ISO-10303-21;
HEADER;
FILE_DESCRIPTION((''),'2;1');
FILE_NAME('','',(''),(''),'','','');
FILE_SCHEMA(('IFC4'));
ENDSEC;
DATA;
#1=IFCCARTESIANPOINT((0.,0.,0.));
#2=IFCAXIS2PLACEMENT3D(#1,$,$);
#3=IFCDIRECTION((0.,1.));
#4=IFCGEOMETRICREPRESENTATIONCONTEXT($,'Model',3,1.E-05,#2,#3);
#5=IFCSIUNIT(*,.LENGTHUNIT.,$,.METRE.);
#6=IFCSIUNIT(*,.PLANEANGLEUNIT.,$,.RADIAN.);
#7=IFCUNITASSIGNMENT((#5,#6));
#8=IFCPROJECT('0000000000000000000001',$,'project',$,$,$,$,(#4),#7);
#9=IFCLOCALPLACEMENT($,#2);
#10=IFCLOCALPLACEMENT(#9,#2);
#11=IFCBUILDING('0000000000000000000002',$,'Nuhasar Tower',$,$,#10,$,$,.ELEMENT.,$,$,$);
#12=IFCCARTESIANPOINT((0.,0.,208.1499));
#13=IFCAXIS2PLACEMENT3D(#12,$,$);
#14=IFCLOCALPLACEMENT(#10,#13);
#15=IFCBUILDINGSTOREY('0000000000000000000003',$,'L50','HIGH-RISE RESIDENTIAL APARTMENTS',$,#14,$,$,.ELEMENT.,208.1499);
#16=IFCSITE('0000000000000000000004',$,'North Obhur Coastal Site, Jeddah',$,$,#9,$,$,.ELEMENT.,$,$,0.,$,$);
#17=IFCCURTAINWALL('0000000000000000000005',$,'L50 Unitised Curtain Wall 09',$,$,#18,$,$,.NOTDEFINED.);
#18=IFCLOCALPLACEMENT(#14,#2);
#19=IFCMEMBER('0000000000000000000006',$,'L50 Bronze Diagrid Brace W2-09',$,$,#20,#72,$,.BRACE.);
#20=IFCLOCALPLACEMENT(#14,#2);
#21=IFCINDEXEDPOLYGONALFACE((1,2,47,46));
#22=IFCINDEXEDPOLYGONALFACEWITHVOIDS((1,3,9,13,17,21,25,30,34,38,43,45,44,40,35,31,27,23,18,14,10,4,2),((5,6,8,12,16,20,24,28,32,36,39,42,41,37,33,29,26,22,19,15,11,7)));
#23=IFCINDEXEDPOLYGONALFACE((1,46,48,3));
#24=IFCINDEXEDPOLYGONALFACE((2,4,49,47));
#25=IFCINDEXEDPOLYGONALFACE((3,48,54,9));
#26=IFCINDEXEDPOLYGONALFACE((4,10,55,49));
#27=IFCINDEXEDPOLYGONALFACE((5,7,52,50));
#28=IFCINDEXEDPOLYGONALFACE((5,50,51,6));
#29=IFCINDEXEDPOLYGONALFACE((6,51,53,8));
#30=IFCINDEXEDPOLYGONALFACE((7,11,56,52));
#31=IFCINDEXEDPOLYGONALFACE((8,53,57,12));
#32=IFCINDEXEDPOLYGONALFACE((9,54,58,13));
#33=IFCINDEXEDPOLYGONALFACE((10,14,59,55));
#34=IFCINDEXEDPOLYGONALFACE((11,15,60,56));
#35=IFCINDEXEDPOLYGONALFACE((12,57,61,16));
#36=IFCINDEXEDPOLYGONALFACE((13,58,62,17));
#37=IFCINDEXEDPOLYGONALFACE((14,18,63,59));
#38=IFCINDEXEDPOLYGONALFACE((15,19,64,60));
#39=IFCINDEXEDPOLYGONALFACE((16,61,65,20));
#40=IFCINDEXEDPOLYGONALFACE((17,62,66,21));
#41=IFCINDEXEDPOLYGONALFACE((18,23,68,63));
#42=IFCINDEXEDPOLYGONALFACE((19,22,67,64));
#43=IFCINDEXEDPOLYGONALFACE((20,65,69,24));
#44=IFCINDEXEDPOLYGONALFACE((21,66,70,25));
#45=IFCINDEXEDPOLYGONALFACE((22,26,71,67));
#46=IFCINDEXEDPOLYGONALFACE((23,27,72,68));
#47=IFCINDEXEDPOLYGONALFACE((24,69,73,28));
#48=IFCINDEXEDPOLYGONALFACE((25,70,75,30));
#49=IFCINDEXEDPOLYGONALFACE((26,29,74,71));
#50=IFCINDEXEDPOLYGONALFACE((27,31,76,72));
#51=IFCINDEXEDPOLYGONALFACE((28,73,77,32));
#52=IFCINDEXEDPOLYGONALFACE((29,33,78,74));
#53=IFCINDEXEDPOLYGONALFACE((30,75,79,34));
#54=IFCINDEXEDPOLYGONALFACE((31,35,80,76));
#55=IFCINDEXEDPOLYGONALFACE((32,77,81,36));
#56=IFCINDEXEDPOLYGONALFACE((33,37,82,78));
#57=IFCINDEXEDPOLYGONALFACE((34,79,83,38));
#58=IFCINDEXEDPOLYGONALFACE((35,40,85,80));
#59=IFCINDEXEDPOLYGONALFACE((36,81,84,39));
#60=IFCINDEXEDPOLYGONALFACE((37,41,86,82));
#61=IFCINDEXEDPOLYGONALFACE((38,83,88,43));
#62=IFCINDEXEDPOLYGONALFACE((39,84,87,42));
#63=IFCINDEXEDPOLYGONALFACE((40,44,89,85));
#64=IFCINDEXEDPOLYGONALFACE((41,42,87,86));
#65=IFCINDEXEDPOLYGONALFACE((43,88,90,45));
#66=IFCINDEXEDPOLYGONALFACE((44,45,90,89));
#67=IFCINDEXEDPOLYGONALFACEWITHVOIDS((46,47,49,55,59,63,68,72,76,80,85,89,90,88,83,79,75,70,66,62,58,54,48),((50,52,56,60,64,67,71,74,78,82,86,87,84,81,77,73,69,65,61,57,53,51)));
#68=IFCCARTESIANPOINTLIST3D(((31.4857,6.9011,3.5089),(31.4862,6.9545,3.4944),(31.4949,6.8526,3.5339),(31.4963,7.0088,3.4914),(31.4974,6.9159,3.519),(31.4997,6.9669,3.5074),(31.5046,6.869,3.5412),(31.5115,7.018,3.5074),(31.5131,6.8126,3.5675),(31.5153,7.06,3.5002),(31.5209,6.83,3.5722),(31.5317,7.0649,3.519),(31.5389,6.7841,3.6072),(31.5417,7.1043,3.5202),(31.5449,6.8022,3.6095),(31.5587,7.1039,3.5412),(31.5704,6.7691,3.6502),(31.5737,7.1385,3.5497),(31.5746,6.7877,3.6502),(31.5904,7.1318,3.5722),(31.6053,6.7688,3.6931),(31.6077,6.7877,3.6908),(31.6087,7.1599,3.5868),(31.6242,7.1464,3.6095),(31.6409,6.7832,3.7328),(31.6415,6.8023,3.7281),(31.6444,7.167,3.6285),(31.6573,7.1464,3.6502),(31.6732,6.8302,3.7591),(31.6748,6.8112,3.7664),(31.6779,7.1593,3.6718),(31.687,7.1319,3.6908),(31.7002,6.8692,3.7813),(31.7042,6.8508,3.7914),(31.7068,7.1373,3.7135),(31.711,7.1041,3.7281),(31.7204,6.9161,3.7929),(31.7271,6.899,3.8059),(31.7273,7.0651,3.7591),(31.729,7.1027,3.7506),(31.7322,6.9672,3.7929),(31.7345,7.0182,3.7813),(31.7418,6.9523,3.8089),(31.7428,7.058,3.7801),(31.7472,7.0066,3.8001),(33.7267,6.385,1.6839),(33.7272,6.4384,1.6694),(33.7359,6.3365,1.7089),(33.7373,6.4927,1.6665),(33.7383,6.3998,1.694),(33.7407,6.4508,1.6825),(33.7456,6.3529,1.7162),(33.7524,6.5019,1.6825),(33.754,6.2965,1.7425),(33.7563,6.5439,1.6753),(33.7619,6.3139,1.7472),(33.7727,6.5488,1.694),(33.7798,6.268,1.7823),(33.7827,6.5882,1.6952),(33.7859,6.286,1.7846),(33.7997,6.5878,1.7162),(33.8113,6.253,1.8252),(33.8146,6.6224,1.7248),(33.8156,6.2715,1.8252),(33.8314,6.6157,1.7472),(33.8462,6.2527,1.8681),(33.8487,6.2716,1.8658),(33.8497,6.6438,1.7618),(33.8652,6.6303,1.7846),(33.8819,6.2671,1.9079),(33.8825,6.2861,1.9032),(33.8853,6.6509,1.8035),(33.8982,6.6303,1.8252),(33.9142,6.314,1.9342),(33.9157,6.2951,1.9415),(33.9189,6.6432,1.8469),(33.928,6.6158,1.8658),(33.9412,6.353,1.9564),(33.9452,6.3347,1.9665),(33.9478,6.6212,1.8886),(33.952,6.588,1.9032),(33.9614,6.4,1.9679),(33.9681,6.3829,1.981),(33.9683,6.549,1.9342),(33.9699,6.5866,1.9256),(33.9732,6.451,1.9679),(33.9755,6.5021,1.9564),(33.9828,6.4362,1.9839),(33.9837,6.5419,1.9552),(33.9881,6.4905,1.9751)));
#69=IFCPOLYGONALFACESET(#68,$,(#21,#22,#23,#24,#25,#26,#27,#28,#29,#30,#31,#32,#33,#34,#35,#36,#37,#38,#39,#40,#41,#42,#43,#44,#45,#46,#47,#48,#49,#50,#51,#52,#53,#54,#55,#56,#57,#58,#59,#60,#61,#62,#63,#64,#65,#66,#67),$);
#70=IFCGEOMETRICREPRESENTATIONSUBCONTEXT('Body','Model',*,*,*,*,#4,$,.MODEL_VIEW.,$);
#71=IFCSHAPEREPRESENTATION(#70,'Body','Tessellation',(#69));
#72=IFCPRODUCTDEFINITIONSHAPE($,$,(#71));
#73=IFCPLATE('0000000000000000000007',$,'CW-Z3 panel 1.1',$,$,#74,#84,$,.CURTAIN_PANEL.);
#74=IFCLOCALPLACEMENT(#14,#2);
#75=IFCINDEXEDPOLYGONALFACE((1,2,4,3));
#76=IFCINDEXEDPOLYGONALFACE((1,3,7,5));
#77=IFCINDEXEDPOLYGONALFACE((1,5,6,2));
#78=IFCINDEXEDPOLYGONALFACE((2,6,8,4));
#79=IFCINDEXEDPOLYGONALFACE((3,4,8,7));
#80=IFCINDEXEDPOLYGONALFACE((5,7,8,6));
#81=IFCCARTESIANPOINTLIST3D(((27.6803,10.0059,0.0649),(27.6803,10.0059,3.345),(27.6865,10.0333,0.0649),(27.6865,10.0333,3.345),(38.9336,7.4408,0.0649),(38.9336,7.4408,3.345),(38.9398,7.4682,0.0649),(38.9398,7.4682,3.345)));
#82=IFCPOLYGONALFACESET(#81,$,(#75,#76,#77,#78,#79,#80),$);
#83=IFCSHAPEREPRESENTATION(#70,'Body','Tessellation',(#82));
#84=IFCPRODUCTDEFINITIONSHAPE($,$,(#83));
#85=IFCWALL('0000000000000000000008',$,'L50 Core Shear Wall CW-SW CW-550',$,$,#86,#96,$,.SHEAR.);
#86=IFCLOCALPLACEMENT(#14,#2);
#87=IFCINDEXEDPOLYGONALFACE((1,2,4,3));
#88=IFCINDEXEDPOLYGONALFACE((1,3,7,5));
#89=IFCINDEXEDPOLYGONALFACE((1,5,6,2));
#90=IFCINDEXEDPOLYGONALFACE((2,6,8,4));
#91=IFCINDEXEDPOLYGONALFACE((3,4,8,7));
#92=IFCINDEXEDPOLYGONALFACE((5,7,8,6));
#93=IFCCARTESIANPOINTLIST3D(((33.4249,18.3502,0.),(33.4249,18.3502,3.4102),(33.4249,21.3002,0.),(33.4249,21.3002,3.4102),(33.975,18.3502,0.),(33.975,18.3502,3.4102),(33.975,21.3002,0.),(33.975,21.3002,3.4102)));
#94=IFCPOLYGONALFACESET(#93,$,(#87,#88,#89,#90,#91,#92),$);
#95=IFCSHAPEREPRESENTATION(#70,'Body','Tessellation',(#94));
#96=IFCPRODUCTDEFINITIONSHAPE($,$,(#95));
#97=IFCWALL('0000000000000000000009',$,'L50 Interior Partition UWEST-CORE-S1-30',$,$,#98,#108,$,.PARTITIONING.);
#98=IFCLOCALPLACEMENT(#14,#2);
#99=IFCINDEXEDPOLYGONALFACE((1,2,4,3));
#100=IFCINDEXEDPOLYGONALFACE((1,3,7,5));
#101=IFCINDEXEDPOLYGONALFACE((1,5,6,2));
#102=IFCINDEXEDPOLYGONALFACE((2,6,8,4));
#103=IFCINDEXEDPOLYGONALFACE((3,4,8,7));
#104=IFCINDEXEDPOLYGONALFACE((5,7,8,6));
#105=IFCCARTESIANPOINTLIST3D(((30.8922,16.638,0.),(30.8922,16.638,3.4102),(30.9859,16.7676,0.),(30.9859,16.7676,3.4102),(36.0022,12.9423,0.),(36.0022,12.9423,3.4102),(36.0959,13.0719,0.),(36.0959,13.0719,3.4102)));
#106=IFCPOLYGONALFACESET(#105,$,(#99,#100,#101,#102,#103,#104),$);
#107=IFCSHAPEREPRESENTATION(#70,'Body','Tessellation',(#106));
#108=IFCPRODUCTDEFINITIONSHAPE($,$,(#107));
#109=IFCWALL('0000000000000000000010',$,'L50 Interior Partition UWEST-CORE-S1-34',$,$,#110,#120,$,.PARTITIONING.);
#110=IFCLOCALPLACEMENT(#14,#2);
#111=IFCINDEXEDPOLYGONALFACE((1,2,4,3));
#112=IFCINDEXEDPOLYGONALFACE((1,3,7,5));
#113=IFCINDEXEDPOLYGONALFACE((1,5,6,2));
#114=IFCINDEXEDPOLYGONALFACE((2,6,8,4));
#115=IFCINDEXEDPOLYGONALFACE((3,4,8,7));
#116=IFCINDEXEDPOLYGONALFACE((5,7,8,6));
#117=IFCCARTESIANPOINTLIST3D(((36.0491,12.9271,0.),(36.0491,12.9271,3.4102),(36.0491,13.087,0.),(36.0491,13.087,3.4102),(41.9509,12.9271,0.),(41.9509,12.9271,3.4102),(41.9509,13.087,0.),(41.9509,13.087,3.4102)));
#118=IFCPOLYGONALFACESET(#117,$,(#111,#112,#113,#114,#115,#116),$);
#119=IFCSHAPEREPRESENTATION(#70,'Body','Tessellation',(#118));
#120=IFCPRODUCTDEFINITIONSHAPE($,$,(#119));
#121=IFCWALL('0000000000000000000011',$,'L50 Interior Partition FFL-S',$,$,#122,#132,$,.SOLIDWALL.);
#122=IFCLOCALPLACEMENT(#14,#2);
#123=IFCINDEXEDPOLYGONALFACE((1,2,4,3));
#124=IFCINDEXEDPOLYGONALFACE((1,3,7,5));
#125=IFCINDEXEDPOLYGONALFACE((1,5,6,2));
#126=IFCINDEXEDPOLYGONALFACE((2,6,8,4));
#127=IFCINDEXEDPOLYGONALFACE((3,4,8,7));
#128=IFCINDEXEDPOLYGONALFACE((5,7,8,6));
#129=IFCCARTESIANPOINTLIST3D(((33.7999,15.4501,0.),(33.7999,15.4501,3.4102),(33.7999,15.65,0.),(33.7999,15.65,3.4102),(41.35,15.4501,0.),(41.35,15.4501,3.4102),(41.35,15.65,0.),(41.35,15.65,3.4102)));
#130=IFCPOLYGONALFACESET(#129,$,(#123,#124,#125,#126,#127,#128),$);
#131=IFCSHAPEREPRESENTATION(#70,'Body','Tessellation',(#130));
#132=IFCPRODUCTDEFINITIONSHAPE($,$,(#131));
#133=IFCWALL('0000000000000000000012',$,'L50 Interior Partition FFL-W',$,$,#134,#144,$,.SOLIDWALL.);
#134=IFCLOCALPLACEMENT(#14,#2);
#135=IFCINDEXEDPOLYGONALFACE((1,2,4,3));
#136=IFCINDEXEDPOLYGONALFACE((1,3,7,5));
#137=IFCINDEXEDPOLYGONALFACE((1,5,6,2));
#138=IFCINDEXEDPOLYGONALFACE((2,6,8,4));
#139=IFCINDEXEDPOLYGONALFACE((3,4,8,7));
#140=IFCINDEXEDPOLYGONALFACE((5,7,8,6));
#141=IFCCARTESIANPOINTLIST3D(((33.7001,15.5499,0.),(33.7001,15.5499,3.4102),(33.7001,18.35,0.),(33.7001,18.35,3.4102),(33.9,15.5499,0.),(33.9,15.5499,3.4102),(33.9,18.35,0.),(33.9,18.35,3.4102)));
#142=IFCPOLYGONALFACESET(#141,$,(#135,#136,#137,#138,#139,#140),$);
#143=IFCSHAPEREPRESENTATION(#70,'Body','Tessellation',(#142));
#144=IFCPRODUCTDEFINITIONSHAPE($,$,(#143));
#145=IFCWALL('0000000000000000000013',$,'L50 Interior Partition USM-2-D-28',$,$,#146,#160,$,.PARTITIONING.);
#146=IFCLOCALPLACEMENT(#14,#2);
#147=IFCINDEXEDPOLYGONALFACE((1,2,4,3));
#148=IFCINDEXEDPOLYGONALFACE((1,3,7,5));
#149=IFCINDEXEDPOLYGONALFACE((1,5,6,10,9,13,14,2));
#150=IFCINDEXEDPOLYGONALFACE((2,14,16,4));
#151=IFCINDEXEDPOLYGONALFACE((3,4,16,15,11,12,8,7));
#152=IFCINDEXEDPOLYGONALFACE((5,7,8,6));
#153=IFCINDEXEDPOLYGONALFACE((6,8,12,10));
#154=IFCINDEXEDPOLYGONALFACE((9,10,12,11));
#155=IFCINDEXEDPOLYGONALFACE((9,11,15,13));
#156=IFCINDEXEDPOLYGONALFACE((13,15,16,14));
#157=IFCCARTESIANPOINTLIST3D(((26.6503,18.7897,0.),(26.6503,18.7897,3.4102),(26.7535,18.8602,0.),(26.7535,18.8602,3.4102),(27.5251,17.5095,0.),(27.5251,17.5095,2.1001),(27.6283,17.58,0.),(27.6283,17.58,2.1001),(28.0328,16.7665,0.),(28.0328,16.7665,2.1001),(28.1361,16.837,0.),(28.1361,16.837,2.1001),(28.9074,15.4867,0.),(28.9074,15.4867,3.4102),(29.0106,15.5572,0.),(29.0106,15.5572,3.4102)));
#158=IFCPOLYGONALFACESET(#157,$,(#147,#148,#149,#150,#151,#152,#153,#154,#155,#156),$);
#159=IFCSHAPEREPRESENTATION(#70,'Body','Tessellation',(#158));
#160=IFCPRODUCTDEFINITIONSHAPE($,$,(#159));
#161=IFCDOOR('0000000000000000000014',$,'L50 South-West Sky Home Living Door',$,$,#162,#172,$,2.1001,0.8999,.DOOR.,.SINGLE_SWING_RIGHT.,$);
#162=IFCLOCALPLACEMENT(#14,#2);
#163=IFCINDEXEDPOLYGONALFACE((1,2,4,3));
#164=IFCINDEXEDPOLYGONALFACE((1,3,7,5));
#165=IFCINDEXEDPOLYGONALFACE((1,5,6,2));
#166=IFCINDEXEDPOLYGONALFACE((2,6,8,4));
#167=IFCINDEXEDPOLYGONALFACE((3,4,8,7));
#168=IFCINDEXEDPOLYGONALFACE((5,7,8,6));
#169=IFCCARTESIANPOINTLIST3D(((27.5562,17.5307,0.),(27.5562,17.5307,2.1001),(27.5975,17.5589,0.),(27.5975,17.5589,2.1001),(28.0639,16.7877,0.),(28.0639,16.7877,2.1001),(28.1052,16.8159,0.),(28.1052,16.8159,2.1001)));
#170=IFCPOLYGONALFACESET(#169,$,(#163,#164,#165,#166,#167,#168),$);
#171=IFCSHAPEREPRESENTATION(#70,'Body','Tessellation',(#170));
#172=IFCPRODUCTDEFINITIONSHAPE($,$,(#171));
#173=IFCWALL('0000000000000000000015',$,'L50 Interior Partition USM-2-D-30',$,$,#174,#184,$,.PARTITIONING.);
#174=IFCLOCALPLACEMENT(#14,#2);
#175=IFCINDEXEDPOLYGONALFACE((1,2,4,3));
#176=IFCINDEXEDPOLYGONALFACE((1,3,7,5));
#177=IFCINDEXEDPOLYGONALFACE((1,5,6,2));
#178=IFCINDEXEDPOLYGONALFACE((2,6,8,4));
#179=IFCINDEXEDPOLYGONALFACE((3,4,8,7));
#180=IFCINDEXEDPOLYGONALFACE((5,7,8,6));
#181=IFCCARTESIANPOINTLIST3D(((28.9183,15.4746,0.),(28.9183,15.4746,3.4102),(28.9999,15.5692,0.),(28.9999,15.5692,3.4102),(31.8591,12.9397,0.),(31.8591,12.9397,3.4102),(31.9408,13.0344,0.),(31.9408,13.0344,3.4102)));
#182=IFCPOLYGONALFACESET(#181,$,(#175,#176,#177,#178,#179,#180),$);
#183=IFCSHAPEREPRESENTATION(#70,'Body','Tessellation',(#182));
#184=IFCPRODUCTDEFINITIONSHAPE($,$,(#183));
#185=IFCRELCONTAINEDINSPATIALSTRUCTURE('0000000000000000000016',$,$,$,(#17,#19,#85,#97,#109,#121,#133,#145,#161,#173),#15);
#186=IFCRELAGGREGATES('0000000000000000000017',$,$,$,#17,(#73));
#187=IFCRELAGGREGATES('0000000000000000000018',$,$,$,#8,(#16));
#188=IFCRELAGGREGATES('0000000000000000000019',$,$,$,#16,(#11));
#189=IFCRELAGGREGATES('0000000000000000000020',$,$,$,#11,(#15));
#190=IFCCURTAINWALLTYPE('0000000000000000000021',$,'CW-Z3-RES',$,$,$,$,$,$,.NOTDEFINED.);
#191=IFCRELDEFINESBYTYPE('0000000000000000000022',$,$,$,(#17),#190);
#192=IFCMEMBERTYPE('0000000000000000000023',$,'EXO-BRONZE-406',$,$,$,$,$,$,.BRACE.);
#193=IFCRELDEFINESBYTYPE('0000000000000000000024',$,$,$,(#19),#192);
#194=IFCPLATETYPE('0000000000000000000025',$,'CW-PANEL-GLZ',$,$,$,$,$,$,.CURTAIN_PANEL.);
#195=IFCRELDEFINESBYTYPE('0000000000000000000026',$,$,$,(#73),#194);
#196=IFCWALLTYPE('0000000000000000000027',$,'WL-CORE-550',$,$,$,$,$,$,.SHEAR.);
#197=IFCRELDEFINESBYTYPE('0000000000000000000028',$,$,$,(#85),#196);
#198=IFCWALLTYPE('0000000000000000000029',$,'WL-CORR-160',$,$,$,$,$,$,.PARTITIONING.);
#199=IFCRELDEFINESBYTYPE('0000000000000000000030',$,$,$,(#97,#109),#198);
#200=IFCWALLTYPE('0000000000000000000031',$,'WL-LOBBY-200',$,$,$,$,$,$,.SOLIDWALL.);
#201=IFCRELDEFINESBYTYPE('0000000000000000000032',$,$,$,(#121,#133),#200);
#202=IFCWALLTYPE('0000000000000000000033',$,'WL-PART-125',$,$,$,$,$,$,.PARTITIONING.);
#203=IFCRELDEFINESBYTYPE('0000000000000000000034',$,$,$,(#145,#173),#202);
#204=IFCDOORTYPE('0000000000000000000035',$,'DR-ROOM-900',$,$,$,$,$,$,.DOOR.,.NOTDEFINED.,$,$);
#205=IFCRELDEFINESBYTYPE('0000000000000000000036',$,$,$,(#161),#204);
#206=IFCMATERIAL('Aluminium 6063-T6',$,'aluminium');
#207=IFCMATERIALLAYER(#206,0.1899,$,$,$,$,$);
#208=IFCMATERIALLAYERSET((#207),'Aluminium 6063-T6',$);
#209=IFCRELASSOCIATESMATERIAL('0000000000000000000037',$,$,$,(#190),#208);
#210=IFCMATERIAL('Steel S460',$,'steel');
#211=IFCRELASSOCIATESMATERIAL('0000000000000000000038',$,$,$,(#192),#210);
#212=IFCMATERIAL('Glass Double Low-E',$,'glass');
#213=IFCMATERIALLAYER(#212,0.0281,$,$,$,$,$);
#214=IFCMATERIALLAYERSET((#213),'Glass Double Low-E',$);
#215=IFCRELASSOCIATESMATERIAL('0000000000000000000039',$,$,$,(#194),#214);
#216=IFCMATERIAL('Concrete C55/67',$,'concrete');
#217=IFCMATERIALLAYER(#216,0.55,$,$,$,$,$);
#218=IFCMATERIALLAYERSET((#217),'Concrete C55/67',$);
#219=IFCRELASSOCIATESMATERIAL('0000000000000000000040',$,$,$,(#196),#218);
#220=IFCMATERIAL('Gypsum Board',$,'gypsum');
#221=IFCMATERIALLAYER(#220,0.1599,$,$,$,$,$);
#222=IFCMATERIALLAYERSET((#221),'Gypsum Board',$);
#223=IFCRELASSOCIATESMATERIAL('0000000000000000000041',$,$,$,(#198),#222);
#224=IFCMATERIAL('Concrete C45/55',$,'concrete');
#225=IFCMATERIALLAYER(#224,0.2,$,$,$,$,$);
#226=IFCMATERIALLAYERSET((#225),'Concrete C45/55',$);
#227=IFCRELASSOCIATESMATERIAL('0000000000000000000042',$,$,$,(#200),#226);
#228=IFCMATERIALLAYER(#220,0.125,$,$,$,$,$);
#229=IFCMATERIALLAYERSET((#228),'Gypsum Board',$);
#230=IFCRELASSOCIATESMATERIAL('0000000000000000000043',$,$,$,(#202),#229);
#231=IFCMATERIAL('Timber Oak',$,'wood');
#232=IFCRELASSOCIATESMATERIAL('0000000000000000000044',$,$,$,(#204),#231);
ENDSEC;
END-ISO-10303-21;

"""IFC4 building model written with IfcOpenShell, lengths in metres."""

from ifc_helpers import new_model, si_unit, direction, frame, frame_2d, origin, origin_2d, place, context, subcontext, project, spatial, rectangle, hollow_circle, extrude, material, layer, layer_set, material_profile, profile_set, type_object, element, fill, aggregate, save


model = new_model("IFC4")

# Units and contexts
model_context = context("Model", 3, precision=1e-05, world=origin(), true_north=direction((0.0, 1.0)))
body_context = subcontext(model_context, "Body", "Model", "MODEL_VIEW")
ifc_project = project(units=[si_unit("LENGTHUNIT", "METRE"), si_unit("PLANEANGLEUNIT", "RADIAN")], contexts=[model_context])

# Site, building, storey
site_placement = place(None, origin())
site = spatial("IfcSite", under=ifc_project, at=site_placement, Name="North Obhur Coastal Site, Jeddah", CompositionType="ELEMENT", RefElevation=0.0)
building_placement = place(site_placement, origin())
building = spatial("IfcBuilding", under=site, at=building_placement, Name="Nuhasar Tower", CompositionType="ELEMENT")
storey_placement = place(building_placement, frame((0.0, 0.0, 208.1499)))
storey = spatial("IfcBuildingStorey", under=building, at=storey_placement, Name="L50", Description="HIGH-RISE RESIDENTIAL APARTMENTS", CompositionType="ELEMENT", Elevation=208.1499)

# Shared definitions
ifc_material_1 = material(Name="Concrete C55/67", Category="concrete")

# Curtain wall
ifc_material_2 = material(Name="Aluminium 6063-T6", Category="aluminium")
ifc_layer_1 = layer(ifc_material_2, 0.1899)
ifc_layer_set_1 = layer_set([ifc_layer_1], Name="Aluminium 6063-T6")
curtain_wall_type = type_object("IfcCurtainWallType", Name="CW-Z3-RES", PredefinedType="NOTDEFINED", material=ifc_layer_set_1)
curtain_wall_placement = place(storey_placement, origin())
curtain_wall = element("IfcCurtainWall", 1, at=curtain_wall_placement, inside=storey, type_object=curtain_wall_type, Name="L50 Unitised Curtain Wall 09", PredefinedType="NOTDEFINED")

# Member
ifc_material_3 = material(Name="Steel S460", Category="steel")
ifc_material_profile_1 = material_profile(ifc_material_3, hollow_circle(Radius=0.2031, WallThickness=0.019, at=origin_2d()), Name="HSS406.4X19.1")
ifc_profile_set_1 = profile_set([ifc_material_profile_1], Name="Steel S460")
member_type_1 = type_object("IfcMemberType", Name="EXO-BRONZE-406", PredefinedType="BRACE", material=ifc_profile_set_1)
member_1_placement = place(storey_placement, frame((33.8569, 6.4509, 1.8252), z_axis=(-0.763332, 0.175802, 0.621626), x_axis=(-0.224433, -0.97449, 0.0)))
element("IfcMember", 2, at=member_1_placement, inside=storey, type_object=member_type_1, Name="L50 Bronze Diagrid Brace W2-09", PredefinedType="BRACE", context=body_context, shape_type="SweptSolid", body=[
    extrude(hollow_circle(Radius=0.2031, WallThickness=0.019, at=origin_2d()), origin(), (0.0, 0.0, 1.0), 2.9358),
])

# Plate
ifc_material_4 = material(Name="Glass Double Low-E", Category="glass")
ifc_layer_2 = layer(ifc_material_4, 0.0281)
ifc_layer_set_2 = layer_set([ifc_layer_2], Name="Glass Double Low-E")
plate_type = type_object("IfcPlateType", Name="CW-PANEL-GLZ", PredefinedType="CURTAIN_PANEL", material=ifc_layer_set_2)
plate_placement = place(storey_placement, frame((33.3101, 8.7371, 0.0649), z_axis=(0.0, 0.0, 1.0), x_axis=(0.974991, -0.222243, 0.0)))
plate = element("IfcPlate", 3, at=plate_placement, type_object=plate_type, Name="CW-Z3 panel 1.1", PredefinedType="CURTAIN_PANEL", context=body_context, shape_type="SweptSolid", body=[
    extrude(rectangle(XDim=11.542, YDim=0.0281, at=origin_2d()), origin(), (0.0, 0.0, 1.0), 3.28),
])
aggregate(curtain_wall, [plate])

# Walls
ifc_layer_3 = layer(ifc_material_1, 0.55)
ifc_layer_set_3 = layer_set([ifc_layer_3], Name="Concrete C55/67")
wall_type_1 = type_object("IfcWallType", Name="WL-CORE-550", PredefinedType="SHEAR", material=ifc_layer_set_3)
wall_1_placement = place(storey_placement, frame((33.7, 18.3501, 0.0), z_axis=(0.0, 0.0, 1.0), x_axis=(0.0, 1.0, 0.0)))
element("IfcWall", 4, at=wall_1_placement, inside=storey, type_object=wall_type_1, Name="L50 Core Shear Wall CW-SW CW-550", PredefinedType="SHEAR", context=body_context, shape_type="SweptSolid", body=[
    extrude(rectangle(XDim=2.95, YDim=0.55, at=frame_2d((1.4751, 0.0))), origin(), (0.0, 0.0, 1.0), 3.4102),
])
ifc_material_5 = material(Name="Gypsum Board", Category="gypsum")
ifc_layer_4 = layer(ifc_material_5, 0.1599)
ifc_layer_set_4 = layer_set([ifc_layer_4], Name="Gypsum Board")
wall_type_2 = type_object("IfcWallType", Name="WL-CORR-160", PredefinedType="PARTITIONING", material=ifc_layer_set_4)
wall_2_placement = place(storey_placement, frame((30.939, 16.7029, 0.0), z_axis=(0.0, 0.0, 1.0), x_axis=(0.81029, -0.586029, 0.0)))
element("IfcWall", 5, at=wall_2_placement, inside=storey, type_object=wall_type_2, Name="L50 Interior Partition UWEST-CORE-S1-30", PredefinedType="PARTITIONING", context=body_context, shape_type="SweptSolid", body=[
    extrude(rectangle(XDim=6.3064, YDim=0.1599, at=frame_2d((3.1533, 0.0))), origin(), (0.0, 0.0, 1.0), 3.4102),
])
wall_3_placement = place(storey_placement, frame((36.0491, 13.0071, 0.0), z_axis=(0.0, 0.0, 1.0), x_axis=(1.0, 0.0, 0.0)))
element("IfcWall", 6, at=wall_3_placement, inside=storey, type_object=wall_type_2, Name="L50 Interior Partition UWEST-CORE-S1-34", PredefinedType="PARTITIONING", context=body_context, shape_type="SweptSolid", body=[
    extrude(rectangle(XDim=5.9019, YDim=0.1599, at=frame_2d((2.9509, 0.0))), origin(), (0.0, 0.0, 1.0), 3.4102),
])
ifc_material_6 = material(Name="Concrete C45/55", Category="concrete")
ifc_layer_5 = layer(ifc_material_6, 0.2)
ifc_layer_set_5 = layer_set([ifc_layer_5], Name="Concrete C45/55")
wall_type_3 = type_object("IfcWallType", Name="WL-LOBBY-200", PredefinedType="SOLIDWALL", material=ifc_layer_set_5)
wall_4_placement = place(storey_placement, frame((33.8, 15.55, 0.0), z_axis=(0.0, 0.0, 1.0), x_axis=(1.0, 0.0, 0.0)))
element("IfcWall", 7, at=wall_4_placement, inside=storey, type_object=wall_type_3, Name="L50 Interior Partition FFL-S", PredefinedType="SOLIDWALL", context=body_context, shape_type="SweptSolid", body=[
    extrude(rectangle(XDim=7.55, YDim=0.2, at=frame_2d((3.7749, 0.0))), origin(), (0.0, 0.0, 1.0), 3.4102),
])
wall_5_placement = place(storey_placement, frame((33.8, 15.55, 0.0), z_axis=(0.0, 0.0, 1.0), x_axis=(0.0, 1.0, 0.0)))
element("IfcWall", 8, at=wall_5_placement, inside=storey, type_object=wall_type_3, Name="L50 Interior Partition FFL-W", PredefinedType="SOLIDWALL", context=body_context, shape_type="SweptSolid", body=[
    extrude(rectangle(XDim=2.8, YDim=0.2, at=frame_2d((1.3999, 0.0))), origin(), (0.0, 0.0, 1.0), 3.4102),
])

# Wall, opening, door
ifc_layer_6 = layer(ifc_material_5, 0.125)
ifc_layer_set_6 = layer_set([ifc_layer_6], Name="Gypsum Board")
wall_type_4 = type_object("IfcWallType", Name="WL-PART-125", PredefinedType="PARTITIONING", material=ifc_layer_set_6)
wall_6_placement = place(storey_placement, frame((28.959, 15.522, 0.0), z_axis=(0.0, 0.0, 1.0), x_axis=(-0.564198, 0.825639, 0.0)))
wall_6 = element("IfcWall", 9, at=wall_6_placement, inside=storey, type_object=wall_type_4, Name="L50 Interior Partition USM-2-D-28", PredefinedType="PARTITIONING", context=body_context, shape_type="SweptSolid", body=[
    extrude(rectangle(XDim=4.0005, YDim=0.125, at=frame_2d((2.0002, 0.0))), origin(), (0.0, 0.0, 1.0), 3.4102),
])
opening_1_placement = place(wall_6_placement, frame((1.55, 0.0, 0.0)))
opening_1 = element("IfcOpeningElement", 10, at=opening_1_placement, cuts=wall_6, PredefinedType="OPENING", context=body_context, shape_type="SweptSolid", body=[
    extrude(rectangle(XDim=0.8999, YDim=2.1001, at=frame_2d((0.45, 1.05))), frame((0.0, 0.0725, 0.0), z_axis=(0.0, -1.0, 0.0), x_axis=(1.0, 0.0, 0.0)), (0.0, 0.0, 1.0), 0.145),
])
ifc_material_7 = material(Name="Timber Oak", Category="wood")
door_type_1 = type_object("IfcDoorType", Name="DR-ROOM-900", OperationType="NOTDEFINED", PredefinedType="DOOR", material=ifc_material_7)
door_1_placement = place(opening_1_placement, origin())
door_1 = element("IfcDoor", 11, at=door_1_placement, inside=storey, type_object=door_type_1, Name="L50 South-West Sky Home Living Door", OperationType="SINGLE_SWING_RIGHT", OverallHeight=2.1001, OverallWidth=0.8999, PredefinedType="DOOR", context=body_context, shape_type="SweptSolid", body=[
    extrude(rectangle(XDim=0.8999, YDim=2.1001, at=frame_2d((0.45, 1.05))), frame((0.0, 0.0249, 0.0), z_axis=(0.0, -1.0, 0.0), x_axis=(1.0, 0.0, 0.0)), (0.0, 0.0, 1.0), 0.05),
])
fill(opening_1, door_1)

# Wall
wall_7_placement = place(storey_placement, frame((28.959, 15.522, 0.0), z_axis=(0.0, 0.0, 1.0), x_axis=(0.757456, -0.652886, 0.0)))
element("IfcWall", 12, at=wall_7_placement, inside=storey, type_object=wall_type_4, Name="L50 Interior Partition USM-2-D-30", PredefinedType="PARTITIONING", context=body_context, shape_type="SweptSolid", body=[
    extrude(rectangle(XDim=3.8826, YDim=0.125, at=frame_2d((1.9414, 0.0))), origin(), (0.0, 0.0, 1.0), 3.4102),
])

save(model, "model.ifc")
